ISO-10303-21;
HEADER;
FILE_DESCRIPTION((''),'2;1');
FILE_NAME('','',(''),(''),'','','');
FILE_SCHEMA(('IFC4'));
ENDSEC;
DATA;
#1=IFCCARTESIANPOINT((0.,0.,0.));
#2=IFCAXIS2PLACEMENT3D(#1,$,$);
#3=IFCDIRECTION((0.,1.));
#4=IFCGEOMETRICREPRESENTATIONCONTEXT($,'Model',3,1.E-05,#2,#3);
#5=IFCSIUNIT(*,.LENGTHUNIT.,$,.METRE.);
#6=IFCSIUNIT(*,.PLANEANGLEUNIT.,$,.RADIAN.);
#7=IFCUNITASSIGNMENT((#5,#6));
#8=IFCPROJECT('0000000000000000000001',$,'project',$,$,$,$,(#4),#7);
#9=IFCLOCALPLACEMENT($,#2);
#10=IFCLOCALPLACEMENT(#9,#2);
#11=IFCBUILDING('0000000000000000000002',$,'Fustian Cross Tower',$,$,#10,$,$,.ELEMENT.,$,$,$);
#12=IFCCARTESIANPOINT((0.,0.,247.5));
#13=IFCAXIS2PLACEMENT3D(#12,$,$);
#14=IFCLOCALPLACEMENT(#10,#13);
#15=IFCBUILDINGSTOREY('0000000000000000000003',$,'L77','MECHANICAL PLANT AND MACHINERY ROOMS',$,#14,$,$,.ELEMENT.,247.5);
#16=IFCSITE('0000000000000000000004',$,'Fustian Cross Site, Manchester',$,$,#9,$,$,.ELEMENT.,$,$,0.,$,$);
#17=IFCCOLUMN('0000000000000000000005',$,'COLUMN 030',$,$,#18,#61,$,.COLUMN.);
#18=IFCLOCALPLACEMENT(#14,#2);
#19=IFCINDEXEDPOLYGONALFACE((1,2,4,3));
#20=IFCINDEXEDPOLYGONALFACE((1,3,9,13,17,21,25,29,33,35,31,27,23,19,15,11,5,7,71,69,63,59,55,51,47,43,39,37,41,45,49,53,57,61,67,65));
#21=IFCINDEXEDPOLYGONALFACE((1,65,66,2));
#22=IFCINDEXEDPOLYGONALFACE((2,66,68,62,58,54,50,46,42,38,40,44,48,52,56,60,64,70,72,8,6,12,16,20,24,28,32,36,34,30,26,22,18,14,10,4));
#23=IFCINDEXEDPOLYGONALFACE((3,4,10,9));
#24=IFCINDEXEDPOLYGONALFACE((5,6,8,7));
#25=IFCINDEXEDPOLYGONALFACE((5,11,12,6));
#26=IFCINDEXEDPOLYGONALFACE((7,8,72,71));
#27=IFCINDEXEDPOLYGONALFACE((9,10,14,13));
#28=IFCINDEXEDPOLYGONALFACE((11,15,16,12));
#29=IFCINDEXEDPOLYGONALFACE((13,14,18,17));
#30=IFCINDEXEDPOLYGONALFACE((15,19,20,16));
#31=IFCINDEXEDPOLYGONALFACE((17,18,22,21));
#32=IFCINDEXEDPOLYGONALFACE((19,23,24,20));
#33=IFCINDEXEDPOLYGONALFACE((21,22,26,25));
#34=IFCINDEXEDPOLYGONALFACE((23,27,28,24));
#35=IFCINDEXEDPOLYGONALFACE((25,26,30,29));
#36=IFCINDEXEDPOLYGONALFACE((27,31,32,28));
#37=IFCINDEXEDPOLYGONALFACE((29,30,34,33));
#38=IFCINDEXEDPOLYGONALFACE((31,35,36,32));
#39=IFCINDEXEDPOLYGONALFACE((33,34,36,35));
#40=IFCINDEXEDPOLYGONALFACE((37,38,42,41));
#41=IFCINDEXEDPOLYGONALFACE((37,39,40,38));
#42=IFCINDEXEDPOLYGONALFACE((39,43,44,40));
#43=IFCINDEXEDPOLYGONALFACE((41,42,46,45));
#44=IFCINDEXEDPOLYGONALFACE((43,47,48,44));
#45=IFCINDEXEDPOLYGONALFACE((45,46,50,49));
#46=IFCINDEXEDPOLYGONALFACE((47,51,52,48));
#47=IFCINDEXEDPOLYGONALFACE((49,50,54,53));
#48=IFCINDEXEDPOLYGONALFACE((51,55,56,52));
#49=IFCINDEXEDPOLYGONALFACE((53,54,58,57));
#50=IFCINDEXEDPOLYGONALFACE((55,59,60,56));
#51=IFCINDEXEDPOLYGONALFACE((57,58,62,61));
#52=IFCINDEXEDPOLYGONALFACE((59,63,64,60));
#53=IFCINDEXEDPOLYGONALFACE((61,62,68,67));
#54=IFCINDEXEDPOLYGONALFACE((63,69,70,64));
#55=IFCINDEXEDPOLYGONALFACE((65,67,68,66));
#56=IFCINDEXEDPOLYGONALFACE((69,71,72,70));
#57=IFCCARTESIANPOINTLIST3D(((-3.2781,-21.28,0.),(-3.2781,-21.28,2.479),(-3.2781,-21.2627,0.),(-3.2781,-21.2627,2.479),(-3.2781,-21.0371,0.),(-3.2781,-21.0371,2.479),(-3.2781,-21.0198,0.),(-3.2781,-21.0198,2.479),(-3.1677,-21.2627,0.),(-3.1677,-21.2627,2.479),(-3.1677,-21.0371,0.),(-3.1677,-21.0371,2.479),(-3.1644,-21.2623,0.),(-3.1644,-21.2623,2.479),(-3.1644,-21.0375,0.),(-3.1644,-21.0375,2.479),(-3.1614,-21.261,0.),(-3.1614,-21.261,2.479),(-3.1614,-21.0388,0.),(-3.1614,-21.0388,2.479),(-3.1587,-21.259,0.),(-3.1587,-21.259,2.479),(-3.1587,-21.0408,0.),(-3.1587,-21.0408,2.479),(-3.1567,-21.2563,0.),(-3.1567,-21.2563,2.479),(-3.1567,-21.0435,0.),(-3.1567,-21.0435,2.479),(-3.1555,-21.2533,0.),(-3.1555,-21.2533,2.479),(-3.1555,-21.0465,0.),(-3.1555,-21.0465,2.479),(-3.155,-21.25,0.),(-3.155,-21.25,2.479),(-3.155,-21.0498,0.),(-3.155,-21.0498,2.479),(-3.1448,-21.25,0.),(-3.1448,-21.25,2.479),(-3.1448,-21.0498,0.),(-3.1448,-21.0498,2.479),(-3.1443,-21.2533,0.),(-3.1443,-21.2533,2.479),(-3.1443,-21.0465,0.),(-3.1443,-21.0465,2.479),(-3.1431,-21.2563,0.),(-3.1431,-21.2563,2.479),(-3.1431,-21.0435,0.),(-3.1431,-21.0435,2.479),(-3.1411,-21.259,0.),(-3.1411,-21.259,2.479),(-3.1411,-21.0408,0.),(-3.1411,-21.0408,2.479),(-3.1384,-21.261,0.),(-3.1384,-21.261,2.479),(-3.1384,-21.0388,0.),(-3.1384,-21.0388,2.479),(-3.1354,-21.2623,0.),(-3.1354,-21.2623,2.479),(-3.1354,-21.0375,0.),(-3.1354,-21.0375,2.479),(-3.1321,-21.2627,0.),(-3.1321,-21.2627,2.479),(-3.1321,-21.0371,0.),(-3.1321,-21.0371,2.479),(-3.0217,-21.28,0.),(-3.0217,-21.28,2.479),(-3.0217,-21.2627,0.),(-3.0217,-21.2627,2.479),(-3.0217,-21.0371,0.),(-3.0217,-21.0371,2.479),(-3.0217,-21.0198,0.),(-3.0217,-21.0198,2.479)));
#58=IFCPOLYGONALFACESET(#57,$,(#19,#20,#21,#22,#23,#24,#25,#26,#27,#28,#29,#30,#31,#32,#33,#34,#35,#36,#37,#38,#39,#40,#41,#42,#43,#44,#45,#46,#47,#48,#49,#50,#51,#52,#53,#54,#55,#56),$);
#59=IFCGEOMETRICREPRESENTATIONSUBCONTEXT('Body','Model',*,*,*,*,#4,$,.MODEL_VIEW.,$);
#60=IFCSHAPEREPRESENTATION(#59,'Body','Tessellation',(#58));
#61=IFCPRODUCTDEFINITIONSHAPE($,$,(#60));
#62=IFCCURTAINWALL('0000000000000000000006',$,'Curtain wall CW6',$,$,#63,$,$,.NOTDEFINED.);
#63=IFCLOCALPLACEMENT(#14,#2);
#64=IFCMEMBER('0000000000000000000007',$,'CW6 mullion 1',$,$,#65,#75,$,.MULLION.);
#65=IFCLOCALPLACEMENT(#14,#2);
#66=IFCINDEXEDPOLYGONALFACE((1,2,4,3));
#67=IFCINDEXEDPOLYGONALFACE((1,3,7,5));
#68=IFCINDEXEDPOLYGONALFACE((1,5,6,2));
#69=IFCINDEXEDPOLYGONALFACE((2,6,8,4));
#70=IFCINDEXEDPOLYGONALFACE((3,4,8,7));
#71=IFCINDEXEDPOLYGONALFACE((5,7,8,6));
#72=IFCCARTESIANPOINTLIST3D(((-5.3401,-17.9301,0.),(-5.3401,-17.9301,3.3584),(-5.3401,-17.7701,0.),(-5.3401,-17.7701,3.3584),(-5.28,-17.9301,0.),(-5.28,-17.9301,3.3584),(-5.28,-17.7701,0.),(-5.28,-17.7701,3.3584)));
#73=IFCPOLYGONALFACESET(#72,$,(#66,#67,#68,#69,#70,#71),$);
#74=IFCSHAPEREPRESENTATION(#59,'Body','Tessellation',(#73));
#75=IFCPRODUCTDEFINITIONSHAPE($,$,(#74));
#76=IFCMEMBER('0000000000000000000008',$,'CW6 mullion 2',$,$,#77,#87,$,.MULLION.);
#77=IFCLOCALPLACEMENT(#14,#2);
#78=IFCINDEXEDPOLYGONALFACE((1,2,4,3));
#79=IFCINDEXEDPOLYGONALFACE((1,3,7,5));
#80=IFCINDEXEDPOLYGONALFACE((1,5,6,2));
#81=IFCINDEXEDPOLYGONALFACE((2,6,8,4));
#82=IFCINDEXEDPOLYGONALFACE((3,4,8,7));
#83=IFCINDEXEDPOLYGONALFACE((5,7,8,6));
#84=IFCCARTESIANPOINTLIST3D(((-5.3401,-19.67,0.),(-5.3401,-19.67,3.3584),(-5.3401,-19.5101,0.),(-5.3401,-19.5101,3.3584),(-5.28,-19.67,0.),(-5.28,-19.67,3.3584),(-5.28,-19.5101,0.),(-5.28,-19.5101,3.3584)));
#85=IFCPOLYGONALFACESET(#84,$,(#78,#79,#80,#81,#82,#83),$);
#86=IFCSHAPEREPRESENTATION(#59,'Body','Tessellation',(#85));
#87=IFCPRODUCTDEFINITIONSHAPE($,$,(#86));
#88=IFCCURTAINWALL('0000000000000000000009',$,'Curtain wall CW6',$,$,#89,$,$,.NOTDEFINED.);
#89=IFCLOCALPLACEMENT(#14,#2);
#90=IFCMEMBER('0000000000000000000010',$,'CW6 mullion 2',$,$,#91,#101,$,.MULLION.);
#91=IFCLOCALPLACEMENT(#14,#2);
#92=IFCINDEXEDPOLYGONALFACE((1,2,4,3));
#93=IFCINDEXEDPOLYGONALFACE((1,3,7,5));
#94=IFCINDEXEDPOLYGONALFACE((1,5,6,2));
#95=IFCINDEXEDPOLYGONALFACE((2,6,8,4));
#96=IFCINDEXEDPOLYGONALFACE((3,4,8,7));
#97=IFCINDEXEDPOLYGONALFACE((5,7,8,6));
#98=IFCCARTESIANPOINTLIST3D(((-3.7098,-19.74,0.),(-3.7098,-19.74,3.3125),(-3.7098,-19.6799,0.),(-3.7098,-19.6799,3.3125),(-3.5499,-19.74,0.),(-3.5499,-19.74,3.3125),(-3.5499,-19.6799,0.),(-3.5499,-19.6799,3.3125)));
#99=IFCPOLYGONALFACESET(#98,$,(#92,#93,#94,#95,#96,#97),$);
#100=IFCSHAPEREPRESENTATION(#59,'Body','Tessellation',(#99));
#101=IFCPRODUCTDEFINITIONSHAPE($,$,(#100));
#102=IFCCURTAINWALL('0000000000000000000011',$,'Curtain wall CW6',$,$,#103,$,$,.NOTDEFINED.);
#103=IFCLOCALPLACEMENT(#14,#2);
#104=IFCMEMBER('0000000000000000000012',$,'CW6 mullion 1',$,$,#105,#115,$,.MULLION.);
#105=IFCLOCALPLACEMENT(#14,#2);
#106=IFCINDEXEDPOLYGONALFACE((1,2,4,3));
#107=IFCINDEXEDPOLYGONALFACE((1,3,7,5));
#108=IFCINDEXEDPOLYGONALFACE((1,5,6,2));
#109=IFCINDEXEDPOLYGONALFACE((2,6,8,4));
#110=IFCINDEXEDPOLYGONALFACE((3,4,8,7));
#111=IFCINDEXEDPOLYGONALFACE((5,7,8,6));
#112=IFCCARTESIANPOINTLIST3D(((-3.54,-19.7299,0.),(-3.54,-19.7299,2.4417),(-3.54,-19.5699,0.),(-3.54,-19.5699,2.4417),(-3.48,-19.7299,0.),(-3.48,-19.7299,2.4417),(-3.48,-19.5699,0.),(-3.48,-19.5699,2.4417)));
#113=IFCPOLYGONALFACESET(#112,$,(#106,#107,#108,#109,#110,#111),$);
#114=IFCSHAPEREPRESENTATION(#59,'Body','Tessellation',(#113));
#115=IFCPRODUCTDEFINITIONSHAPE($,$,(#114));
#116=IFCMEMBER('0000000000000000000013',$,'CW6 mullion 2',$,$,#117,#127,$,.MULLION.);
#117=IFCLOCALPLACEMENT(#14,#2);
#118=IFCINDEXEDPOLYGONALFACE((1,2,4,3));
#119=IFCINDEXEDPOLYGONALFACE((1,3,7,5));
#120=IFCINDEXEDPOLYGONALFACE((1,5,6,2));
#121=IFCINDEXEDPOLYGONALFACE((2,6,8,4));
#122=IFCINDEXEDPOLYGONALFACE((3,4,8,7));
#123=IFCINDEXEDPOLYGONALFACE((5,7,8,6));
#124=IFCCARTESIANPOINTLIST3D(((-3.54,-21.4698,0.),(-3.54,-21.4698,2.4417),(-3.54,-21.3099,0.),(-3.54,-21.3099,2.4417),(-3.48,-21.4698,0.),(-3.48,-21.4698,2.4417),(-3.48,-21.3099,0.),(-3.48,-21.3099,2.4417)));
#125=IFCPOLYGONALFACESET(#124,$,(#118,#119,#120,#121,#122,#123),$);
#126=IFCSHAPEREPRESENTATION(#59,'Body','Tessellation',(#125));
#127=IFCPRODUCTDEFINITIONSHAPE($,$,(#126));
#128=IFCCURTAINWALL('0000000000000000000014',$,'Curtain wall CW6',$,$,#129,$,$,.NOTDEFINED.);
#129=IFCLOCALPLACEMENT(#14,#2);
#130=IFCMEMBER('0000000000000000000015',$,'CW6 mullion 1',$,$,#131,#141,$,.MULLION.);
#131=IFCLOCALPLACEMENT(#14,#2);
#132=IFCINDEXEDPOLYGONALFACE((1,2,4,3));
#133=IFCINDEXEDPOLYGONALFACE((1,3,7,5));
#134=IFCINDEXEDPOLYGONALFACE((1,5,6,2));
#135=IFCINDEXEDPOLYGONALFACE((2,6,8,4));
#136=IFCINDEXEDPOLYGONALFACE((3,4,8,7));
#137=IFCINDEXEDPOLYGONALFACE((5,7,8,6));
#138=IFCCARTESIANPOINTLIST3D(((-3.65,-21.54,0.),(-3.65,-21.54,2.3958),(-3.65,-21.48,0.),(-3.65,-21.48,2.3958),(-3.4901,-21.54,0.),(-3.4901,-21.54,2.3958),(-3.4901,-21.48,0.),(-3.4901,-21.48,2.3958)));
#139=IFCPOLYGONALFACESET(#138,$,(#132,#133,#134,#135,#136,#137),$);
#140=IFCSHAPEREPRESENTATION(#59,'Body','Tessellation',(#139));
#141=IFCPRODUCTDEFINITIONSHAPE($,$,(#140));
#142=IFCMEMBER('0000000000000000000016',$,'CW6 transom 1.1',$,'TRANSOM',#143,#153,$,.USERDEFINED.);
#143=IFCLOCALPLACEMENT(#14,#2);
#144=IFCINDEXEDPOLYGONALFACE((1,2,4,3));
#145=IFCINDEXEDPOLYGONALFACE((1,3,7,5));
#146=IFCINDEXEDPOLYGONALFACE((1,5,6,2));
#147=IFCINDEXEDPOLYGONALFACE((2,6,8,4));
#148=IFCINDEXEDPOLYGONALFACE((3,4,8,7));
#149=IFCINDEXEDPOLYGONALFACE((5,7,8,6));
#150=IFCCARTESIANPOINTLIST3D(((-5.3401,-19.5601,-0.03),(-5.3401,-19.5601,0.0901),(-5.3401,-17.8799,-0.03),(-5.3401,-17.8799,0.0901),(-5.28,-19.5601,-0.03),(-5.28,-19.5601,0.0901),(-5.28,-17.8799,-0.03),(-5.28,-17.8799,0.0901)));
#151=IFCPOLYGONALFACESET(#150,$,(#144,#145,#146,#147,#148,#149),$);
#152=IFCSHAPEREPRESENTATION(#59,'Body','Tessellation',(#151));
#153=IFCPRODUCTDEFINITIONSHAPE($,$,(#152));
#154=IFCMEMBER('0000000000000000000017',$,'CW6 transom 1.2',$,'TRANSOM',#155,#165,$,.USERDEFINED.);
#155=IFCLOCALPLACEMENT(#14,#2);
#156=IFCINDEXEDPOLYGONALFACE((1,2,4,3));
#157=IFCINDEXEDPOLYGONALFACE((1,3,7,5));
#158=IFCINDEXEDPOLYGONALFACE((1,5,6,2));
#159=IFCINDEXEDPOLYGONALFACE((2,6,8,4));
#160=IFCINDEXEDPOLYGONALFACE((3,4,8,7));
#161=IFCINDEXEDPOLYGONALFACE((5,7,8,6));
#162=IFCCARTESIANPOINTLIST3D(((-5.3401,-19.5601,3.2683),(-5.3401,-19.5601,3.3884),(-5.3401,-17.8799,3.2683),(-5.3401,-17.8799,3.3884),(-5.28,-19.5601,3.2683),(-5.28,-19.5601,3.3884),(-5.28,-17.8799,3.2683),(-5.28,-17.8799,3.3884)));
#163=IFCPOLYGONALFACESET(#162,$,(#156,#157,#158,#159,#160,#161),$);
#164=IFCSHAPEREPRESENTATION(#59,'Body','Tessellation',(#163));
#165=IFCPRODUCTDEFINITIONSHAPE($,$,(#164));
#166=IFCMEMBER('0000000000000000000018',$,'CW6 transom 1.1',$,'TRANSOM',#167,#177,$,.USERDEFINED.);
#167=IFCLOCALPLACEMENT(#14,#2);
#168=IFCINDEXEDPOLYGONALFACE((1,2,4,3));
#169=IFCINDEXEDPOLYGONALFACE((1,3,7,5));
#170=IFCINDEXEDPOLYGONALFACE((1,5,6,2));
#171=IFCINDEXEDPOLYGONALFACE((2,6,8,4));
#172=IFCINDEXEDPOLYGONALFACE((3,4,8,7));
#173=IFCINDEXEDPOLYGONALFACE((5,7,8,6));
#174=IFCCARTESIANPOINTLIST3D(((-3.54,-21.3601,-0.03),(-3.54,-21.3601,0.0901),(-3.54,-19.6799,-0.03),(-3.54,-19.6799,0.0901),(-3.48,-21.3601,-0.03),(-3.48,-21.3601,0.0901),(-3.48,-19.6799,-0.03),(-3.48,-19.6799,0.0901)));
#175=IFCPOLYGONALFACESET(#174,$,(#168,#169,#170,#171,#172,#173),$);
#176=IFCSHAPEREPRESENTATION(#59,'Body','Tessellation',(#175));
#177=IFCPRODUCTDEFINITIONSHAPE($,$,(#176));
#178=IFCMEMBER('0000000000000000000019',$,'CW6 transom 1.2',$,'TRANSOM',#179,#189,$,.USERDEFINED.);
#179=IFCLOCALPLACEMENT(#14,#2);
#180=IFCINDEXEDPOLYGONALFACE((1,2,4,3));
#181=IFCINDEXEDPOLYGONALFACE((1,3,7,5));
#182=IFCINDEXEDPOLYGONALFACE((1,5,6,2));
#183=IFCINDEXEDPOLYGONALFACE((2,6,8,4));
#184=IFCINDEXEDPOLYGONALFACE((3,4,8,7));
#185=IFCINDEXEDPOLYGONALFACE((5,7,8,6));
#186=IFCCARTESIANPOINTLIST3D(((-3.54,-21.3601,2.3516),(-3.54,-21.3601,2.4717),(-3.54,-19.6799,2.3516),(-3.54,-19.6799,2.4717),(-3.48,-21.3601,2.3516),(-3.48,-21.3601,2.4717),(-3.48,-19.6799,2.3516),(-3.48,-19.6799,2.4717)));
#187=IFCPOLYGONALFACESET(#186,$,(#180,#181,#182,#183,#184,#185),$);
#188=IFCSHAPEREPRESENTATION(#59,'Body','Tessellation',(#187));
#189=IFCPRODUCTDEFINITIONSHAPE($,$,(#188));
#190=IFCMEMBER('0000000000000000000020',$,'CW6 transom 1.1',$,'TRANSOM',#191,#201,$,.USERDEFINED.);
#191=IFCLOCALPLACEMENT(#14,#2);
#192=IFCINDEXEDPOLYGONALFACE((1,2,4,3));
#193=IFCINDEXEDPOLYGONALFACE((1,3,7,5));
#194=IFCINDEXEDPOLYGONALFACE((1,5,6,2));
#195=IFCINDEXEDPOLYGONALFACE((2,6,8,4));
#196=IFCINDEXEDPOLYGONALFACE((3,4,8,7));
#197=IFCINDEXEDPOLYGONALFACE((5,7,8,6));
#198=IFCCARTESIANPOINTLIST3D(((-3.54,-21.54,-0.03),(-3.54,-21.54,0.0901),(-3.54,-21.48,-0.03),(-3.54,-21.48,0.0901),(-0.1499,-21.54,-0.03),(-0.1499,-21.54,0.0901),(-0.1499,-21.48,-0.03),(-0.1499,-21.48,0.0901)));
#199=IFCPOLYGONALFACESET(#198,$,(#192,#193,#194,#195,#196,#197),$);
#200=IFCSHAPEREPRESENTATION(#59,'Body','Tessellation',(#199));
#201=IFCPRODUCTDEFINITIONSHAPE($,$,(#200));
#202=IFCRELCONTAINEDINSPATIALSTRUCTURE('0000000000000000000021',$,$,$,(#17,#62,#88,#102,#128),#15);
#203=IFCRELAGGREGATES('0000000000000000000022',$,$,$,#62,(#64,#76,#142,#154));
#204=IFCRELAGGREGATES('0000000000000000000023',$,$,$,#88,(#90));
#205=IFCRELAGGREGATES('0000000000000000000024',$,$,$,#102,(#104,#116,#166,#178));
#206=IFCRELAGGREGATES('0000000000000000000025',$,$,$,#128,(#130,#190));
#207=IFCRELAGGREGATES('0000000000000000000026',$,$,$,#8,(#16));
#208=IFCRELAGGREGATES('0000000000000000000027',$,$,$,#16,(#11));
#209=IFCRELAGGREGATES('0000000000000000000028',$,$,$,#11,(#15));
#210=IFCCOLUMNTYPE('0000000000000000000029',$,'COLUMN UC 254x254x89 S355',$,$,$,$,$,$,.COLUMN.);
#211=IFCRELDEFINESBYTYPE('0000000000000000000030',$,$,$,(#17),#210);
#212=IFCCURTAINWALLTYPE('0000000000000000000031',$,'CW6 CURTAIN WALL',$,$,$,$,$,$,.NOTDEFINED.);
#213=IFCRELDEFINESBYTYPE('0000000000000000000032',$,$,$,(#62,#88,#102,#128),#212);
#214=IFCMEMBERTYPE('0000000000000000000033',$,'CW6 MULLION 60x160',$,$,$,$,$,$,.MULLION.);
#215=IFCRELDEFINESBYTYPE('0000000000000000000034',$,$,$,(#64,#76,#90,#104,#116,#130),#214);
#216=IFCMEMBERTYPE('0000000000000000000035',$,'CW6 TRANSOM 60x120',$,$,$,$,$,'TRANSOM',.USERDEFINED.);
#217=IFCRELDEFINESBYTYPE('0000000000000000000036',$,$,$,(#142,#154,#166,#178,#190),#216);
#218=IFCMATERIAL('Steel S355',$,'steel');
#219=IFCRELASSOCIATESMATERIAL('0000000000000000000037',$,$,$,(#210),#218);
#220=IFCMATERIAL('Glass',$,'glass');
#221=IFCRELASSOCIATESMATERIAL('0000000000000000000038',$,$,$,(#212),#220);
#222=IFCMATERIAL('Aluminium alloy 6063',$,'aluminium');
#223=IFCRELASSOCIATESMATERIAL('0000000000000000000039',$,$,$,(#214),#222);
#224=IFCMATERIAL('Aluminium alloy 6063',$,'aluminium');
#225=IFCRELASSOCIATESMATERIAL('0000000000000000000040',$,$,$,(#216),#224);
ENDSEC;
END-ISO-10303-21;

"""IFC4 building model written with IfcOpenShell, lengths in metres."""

from ifc_helpers import new_model, si_unit, direction, frame, origin, origin_2d, place, context, subcontext, project, spatial, rectangle, i_section, extrude, material, material_profile, profile_set, type_object, element, aggregate, save


model = new_model("IFC4")

# Units and contexts
model_context = context("Model", 3, precision=1e-05, world=origin(), true_north=direction((0.0, 1.0)))
body_context = subcontext(model_context, "Body", "Model", "MODEL_VIEW")
ifc_project = project(units=[si_unit("LENGTHUNIT", "METRE"), si_unit("PLANEANGLEUNIT", "RADIAN")], contexts=[model_context])

# Site, building, storey
site_placement = place(None, origin())
site = spatial("IfcSite", under=ifc_project, at=site_placement, Name="Fustian Cross Site, Manchester", CompositionType="ELEMENT", RefElevation=0.0)
building_placement = place(site_placement, origin())
building = spatial("IfcBuilding", under=site, at=building_placement, Name="Fustian Cross Tower", CompositionType="ELEMENT")
storey_placement = place(building_placement, frame((0.0, 0.0, 247.5)))
storey = spatial("IfcBuildingStorey", under=building, at=storey_placement, Name="L77", Description="MECHANICAL PLANT AND MACHINERY ROOMS", CompositionType="ELEMENT", Elevation=247.5)

# Column
ifc_material_1 = material(Name="Steel S355", Category="steel")
ifc_material_profile_1 = material_profile(ifc_material_1, i_section(OverallWidth=0.2563, OverallDepth=0.2603, WebThickness=0.0103, FlangeThickness=0.0173, FilletRadius=0.0127, at=origin_2d()), Name="UC 254x254x89")
ifc_profile_set_1 = profile_set([ifc_material_profile_1], Name="Steel S355")
column_type = type_object("IfcColumnType", Name="COLUMN UC 254x254x89 S355", PredefinedType="COLUMN", material=ifc_profile_set_1)
column_placement = place(storey_placement, frame((-3.1499, -21.1499, 0.0), z_axis=(0.0, 0.0, 1.0), x_axis=(1.0, 0.0, 0.0)))
element("IfcColumn", 1, at=column_placement, inside=storey, type_object=column_type, Name="COLUMN 030", PredefinedType="COLUMN", context=body_context, shape_type="SweptSolid", body=[
    extrude(i_section(OverallWidth=0.2563, OverallDepth=0.2603, WebThickness=0.0103, FlangeThickness=0.0173, FilletRadius=0.0127, at=origin_2d()), origin(), (0.0, 0.0, 1.0), 2.479),
])

# Curtain wall, members
ifc_material_2 = material(Name="Glass", Category="glass")
curtain_wall_type = type_object("IfcCurtainWallType", Name="CW6 CURTAIN WALL", PredefinedType="NOTDEFINED", material=ifc_material_2)
curtain_wall_1_placement = place(storey_placement, origin())
curtain_wall_1 = element("IfcCurtainWall", 2, at=curtain_wall_1_placement, inside=storey, type_object=curtain_wall_type, Name="Curtain wall CW6", PredefinedType="NOTDEFINED")
ifc_material_3 = material(Name="Aluminium alloy 6063", Category="aluminium")
ifc_material_profile_2 = material_profile(ifc_material_3, rectangle(XDim=0.0601, YDim=0.1599, at=origin_2d()), Name="CW6 MULLION 60x160")
ifc_profile_set_2 = profile_set([ifc_material_profile_2], Name="Aluminium alloy 6063")
member_type_1 = type_object("IfcMemberType", Name="CW6 MULLION 60x160", PredefinedType="MULLION", material=ifc_profile_set_2)
member_1_placement = place(storey_placement, frame((-5.3101, -17.8501, 0.0), z_axis=(0.0, 0.0, 1.0), x_axis=(1.0, 0.0, 0.0)))
member_1 = element("IfcMember", 3, at=member_1_placement, type_object=member_type_1, Name="CW6 mullion 1", PredefinedType="MULLION", context=body_context, shape_type="SweptSolid", body=[
    extrude(rectangle(XDim=0.0601, YDim=0.1599, at=origin_2d()), origin(), (0.0, 0.0, 1.0), 3.3584),
])
member_2_placement = place(storey_placement, frame((-5.3101, -19.5901, 0.0), z_axis=(0.0, 0.0, 1.0), x_axis=(1.0, 0.0, 0.0)))
member_2 = element("IfcMember", 4, at=member_2_placement, type_object=member_type_1, Name="CW6 mullion 2", PredefinedType="MULLION", context=body_context, shape_type="SweptSolid", body=[
    extrude(rectangle(XDim=0.0601, YDim=0.1599, at=origin_2d()), origin(), (0.0, 0.0, 1.0), 3.3584),
])

# Curtain wall, member
curtain_wall_2_placement = place(storey_placement, origin())
curtain_wall_2 = element("IfcCurtainWall", 5, at=curtain_wall_2_placement, inside=storey, type_object=curtain_wall_type, Name="Curtain wall CW6", PredefinedType="NOTDEFINED")
member_3_placement = place(storey_placement, frame((-3.6299, -19.71, 0.0), z_axis=(0.0, 0.0, 1.0), x_axis=(0.0, 1.0, 0.0)))
member_3 = element("IfcMember", 6, at=member_3_placement, type_object=member_type_1, Name="CW6 mullion 2", PredefinedType="MULLION", context=body_context, shape_type="SweptSolid", body=[
    extrude(rectangle(XDim=0.0601, YDim=0.1599, at=origin_2d()), origin(), (0.0, 0.0, 1.0), 3.3125),
])

# Curtain wall, members
curtain_wall_3_placement = place(storey_placement, origin())
curtain_wall_3 = element("IfcCurtainWall", 7, at=curtain_wall_3_placement, inside=storey, type_object=curtain_wall_type, Name="Curtain wall CW6", PredefinedType="NOTDEFINED")
member_4_placement = place(storey_placement, frame((-3.51, -19.6499, 0.0), z_axis=(0.0, 0.0, 1.0), x_axis=(1.0, 0.0, 0.0)))
member_4 = element("IfcMember", 8, at=member_4_placement, type_object=member_type_1, Name="CW6 mullion 1", PredefinedType="MULLION", context=body_context, shape_type="SweptSolid", body=[
    extrude(rectangle(XDim=0.0601, YDim=0.1599, at=origin_2d()), origin(), (0.0, 0.0, 1.0), 2.4417),
])
member_5_placement = place(storey_placement, frame((-3.51, -21.3899, 0.0), z_axis=(0.0, 0.0, 1.0), x_axis=(1.0, 0.0, 0.0)))
member_5 = element("IfcMember", 9, at=member_5_placement, type_object=member_type_1, Name="CW6 mullion 2", PredefinedType="MULLION", context=body_context, shape_type="SweptSolid", body=[
    extrude(rectangle(XDim=0.0601, YDim=0.1599, at=origin_2d()), origin(), (0.0, 0.0, 1.0), 2.4417),
])

# Curtain wall, member
curtain_wall_4_placement = place(storey_placement, origin())
curtain_wall_4 = element("IfcCurtainWall", 10, at=curtain_wall_4_placement, inside=storey, type_object=curtain_wall_type, Name="Curtain wall CW6", PredefinedType="NOTDEFINED")
member_6_placement = place(storey_placement, frame((-3.5701, -21.51, 0.0), z_axis=(0.0, 0.0, 1.0), x_axis=(0.0, 1.0, 0.0)))
member_6 = element("IfcMember", 11, at=member_6_placement, type_object=member_type_1, Name="CW6 mullion 1", PredefinedType="MULLION", context=body_context, shape_type="SweptSolid", body=[
    extrude(rectangle(XDim=0.0601, YDim=0.1599, at=origin_2d()), origin(), (0.0, 0.0, 1.0), 2.3958),
])

# Members
ifc_material_4 = material(Name="Aluminium alloy 6063", Category="aluminium")
ifc_material_profile_3 = material_profile(ifc_material_4, rectangle(XDim=0.0601, YDim=0.1201, at=origin_2d()), Name="CW6 TRANSOM 60x120")
ifc_profile_set_3 = profile_set([ifc_material_profile_3], Name="Aluminium alloy 6063")
member_type_2 = type_object("IfcMemberType", Name="CW6 TRANSOM 60x120", ElementType="TRANSOM", PredefinedType="USERDEFINED", material=ifc_profile_set_3)
member_7_placement = place(storey_placement, frame((-5.3101, -17.8799, 0.03), z_axis=(0.0, -1.0, 0.0), x_axis=(1.0, 0.0, 0.0)))
member_7 = element("IfcMember", 12, at=member_7_placement, type_object=member_type_2, Name="CW6 transom 1.1", ObjectType="TRANSOM", PredefinedType="USERDEFINED", context=body_context, shape_type="SweptSolid", body=[
    extrude(rectangle(XDim=0.0601, YDim=0.1201, at=origin_2d()), origin(), (0.0, 0.0, 1.0), 1.6802),
])
member_8_placement = place(storey_placement, frame((-5.3101, -17.8799, 3.3284), z_axis=(0.0, -1.0, 0.0), x_axis=(1.0, 0.0, 0.0)))
member_8 = element("IfcMember", 13, at=member_8_placement, type_object=member_type_2, Name="CW6 transom 1.2", ObjectType="TRANSOM", PredefinedType="USERDEFINED", context=body_context, shape_type="SweptSolid", body=[
    extrude(rectangle(XDim=0.0601, YDim=0.1201, at=origin_2d()), origin(), (0.0, 0.0, 1.0), 1.6802),
])
member_9_placement = place(storey_placement, frame((-3.51, -19.6799, 0.03), z_axis=(0.0, -1.0, 0.0), x_axis=(1.0, 0.0, 0.0)))
member_9 = element("IfcMember", 14, at=member_9_placement, type_object=member_type_2, Name="CW6 transom 1.1", ObjectType="TRANSOM", PredefinedType="USERDEFINED", context=body_context, shape_type="SweptSolid", body=[
    extrude(rectangle(XDim=0.0601, YDim=0.1201, at=origin_2d()), origin(), (0.0, 0.0, 1.0), 1.6802),
])
member_10_placement = place(storey_placement, frame((-3.51, -19.6799, 2.4116), z_axis=(0.0, -1.0, 0.0), x_axis=(1.0, 0.0, 0.0)))
member_10 = element("IfcMember", 15, at=member_10_placement, type_object=member_type_2, Name="CW6 transom 1.2", ObjectType="TRANSOM", PredefinedType="USERDEFINED", context=body_context, shape_type="SweptSolid", body=[
    extrude(rectangle(XDim=0.0601, YDim=0.1201, at=origin_2d()), origin(), (0.0, 0.0, 1.0), 1.6802),
])
member_11_placement = place(storey_placement, frame((-3.54, -21.51, 0.03), z_axis=(1.0, 0.0, 0.0), x_axis=(0.0, 1.0, 0.0)))
member_11 = element("IfcMember", 16, at=member_11_placement, type_object=member_type_2, Name="CW6 transom 1.1", ObjectType="TRANSOM", PredefinedType="USERDEFINED", context=body_context, shape_type="SweptSolid", body=[
    extrude(rectangle(XDim=0.0601, YDim=0.1201, at=origin_2d()), origin(), (0.0, 0.0, 1.0), 3.3901),
])

aggregate(curtain_wall_1, [member_1, member_2, member_7, member_8])
aggregate(curtain_wall_2, [member_3])
aggregate(curtain_wall_3, [member_4, member_5, member_9, member_10])
aggregate(curtain_wall_4, [member_6, member_11])

save(model, "model.ifc")
